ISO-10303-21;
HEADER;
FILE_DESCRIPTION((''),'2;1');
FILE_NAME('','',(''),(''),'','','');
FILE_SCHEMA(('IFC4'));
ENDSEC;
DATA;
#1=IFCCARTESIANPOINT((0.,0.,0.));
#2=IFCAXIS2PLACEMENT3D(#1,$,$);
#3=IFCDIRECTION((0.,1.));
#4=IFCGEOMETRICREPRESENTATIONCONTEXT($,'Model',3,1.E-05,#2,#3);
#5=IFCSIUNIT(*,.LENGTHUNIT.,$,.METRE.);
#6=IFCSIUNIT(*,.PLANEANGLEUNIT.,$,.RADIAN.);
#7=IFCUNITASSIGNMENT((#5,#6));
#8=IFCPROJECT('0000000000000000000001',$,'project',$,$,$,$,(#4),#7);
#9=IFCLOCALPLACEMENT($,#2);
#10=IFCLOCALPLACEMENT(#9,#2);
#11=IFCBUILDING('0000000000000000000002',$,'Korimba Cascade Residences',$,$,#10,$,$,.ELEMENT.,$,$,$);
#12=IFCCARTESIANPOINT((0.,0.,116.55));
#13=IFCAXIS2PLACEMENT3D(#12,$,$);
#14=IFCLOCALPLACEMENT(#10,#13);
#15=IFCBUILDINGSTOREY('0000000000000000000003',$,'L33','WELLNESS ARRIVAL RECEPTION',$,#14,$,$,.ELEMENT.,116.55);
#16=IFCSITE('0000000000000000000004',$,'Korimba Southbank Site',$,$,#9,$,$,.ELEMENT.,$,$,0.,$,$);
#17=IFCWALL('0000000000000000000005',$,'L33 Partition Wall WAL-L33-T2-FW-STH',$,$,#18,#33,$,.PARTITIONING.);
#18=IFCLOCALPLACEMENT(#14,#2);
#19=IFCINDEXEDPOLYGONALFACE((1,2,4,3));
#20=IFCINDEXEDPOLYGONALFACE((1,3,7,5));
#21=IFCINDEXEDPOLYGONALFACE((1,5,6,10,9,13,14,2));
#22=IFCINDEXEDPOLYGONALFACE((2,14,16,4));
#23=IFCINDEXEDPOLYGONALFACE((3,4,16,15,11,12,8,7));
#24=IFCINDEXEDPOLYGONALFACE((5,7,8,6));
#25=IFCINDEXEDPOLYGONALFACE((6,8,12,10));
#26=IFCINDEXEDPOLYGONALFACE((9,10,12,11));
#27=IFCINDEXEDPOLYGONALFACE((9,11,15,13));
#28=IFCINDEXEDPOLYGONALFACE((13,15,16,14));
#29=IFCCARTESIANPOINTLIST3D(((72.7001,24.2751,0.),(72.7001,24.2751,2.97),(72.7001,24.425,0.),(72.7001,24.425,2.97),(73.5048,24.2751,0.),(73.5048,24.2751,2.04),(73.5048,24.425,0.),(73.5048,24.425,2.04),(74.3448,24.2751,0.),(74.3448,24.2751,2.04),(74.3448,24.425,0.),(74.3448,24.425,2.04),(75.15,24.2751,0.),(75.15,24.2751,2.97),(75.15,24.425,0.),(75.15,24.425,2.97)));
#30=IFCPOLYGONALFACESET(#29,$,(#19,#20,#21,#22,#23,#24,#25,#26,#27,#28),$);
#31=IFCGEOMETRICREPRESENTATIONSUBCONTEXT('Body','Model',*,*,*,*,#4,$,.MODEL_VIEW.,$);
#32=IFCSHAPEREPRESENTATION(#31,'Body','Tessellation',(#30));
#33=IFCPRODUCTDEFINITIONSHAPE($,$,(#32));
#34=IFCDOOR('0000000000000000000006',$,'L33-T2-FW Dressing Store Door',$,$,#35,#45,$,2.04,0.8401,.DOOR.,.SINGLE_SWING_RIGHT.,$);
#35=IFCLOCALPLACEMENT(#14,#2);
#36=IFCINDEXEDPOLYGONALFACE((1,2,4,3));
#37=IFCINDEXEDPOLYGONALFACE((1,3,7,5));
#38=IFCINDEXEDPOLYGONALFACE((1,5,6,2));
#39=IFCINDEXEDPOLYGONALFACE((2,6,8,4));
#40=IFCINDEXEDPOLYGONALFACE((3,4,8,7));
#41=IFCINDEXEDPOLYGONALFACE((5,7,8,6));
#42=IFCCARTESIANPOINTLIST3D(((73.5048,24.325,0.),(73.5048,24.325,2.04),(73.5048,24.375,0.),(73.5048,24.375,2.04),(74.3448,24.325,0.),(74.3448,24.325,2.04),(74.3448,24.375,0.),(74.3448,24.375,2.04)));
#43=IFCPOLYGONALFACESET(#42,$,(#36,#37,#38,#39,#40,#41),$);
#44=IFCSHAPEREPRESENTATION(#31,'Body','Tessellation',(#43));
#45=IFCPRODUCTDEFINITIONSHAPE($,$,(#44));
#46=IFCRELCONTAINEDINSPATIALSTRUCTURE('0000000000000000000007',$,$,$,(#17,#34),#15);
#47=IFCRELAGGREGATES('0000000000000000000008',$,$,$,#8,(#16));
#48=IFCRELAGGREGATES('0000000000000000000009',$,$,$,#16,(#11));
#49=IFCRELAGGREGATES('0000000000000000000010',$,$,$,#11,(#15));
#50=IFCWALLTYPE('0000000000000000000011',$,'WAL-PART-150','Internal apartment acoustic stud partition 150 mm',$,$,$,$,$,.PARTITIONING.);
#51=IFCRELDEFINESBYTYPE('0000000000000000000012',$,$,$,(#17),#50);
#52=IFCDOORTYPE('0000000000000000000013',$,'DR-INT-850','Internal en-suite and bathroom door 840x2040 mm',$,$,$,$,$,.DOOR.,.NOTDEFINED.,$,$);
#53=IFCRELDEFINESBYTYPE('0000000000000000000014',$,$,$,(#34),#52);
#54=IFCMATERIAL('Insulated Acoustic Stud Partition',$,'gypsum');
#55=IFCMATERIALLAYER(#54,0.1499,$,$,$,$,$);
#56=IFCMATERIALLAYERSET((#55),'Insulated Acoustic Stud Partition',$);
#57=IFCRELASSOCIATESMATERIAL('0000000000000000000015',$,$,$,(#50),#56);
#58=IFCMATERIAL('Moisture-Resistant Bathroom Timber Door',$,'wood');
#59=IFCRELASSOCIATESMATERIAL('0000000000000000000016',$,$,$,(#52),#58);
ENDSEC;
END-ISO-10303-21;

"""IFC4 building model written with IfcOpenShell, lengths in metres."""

from ifc_helpers import new_model, si_unit, direction, frame, frame_2d, origin, place, context, subcontext, project, spatial, rectangle, extrude, material, layer, layer_set, type_object, element, fill, save


model = new_model("IFC4")

# Units and contexts
model_context = context("Model", 3, precision=1e-05, world=origin(), true_north=direction((0.0, 1.0)))
body_context = subcontext(model_context, "Body", "Model", "MODEL_VIEW")
ifc_project = project(units=[si_unit("LENGTHUNIT", "METRE"), si_unit("PLANEANGLEUNIT", "RADIAN")], contexts=[model_context])

# Site, building, storey
site_placement = place(None, origin())
site = spatial("IfcSite", under=ifc_project, at=site_placement, Name="Korimba Southbank Site", CompositionType="ELEMENT", RefElevation=0.0)
building_placement = place(site_placement, origin())
building = spatial("IfcBuilding", under=site, at=building_placement, Name="Korimba Cascade Residences", CompositionType="ELEMENT")
storey_placement = place(building_placement, frame((0.0, 0.0, 116.55)))
storey = spatial("IfcBuildingStorey", under=building, at=storey_placement, Name="L33", Description="WELLNESS ARRIVAL RECEPTION", CompositionType="ELEMENT", Elevation=116.55)

# Shared definitions
ifc_material_1 = material(Name="Insulated Acoustic Stud Partition", Category="gypsum")
ifc_layer_1 = layer(ifc_material_1, 0.1499)
ifc_layer_set_1 = layer_set([ifc_layer_1], Name="Insulated Acoustic Stud Partition")
wall_type_1 = type_object("IfcWallType", Name="WAL-PART-150", Description="Internal apartment acoustic stud partition 150 mm", PredefinedType="PARTITIONING", material=ifc_layer_set_1)

# Wall, opening, door
wall_1_placement = place(storey_placement, frame((72.7, 24.3501, 0.0), z_axis=(0.0, 0.0, 1.0), x_axis=(1.0, 0.0, 0.0)))
wall_1 = element("IfcWall", 1, at=wall_1_placement, inside=storey, type_object=wall_type_1, Name="L33 Partition Wall WAL-L33-T2-FW-STH", PredefinedType="PARTITIONING", context=body_context, shape_type="SweptSolid", body=[
    extrude(rectangle(XDim=2.45, YDim=0.1499, at=frame_2d((1.2251, 0.0))), origin(), (0.0, 0.0, 1.0), 2.97),
])
opening_1_placement = place(wall_1_placement, frame((0.8049, 0.0, 0.0)))
opening_1 = element("IfcOpeningElement", 2, at=opening_1_placement, cuts=wall_1, PredefinedType="OPENING", context=body_context, shape_type="SweptSolid", body=[
    extrude(rectangle(XDim=0.8401, YDim=2.04, at=frame_2d((0.4199, 1.02))), frame((0.0, 0.085, 0.0), z_axis=(0.0, -1.0, 0.0), x_axis=(1.0, 0.0, 0.0)), (0.0, 0.0, 1.0), 0.1699),
])
ifc_material_2 = material(Name="Moisture-Resistant Bathroom Timber Door", Category="wood")
door_type_1 = type_object("IfcDoorType", Name="DR-INT-850", Description="Internal en-suite and bathroom door 840x2040 mm", OperationType="NOTDEFINED", PredefinedType="DOOR", material=ifc_material_2)
door_1_placement = place(opening_1_placement, origin())
door_1 = element("IfcDoor", 3, at=door_1_placement, inside=storey, type_object=door_type_1, Name="L33-T2-FW Dressing Store Door", OperationType="SINGLE_SWING_RIGHT", OverallHeight=2.04, OverallWidth=0.8401, PredefinedType="DOOR", context=body_context, shape_type="SweptSolid", body=[
    extrude(rectangle(XDim=0.8401, YDim=2.04, at=frame_2d((0.4199, 1.02))), frame((0.0, 0.0249, 0.0), z_axis=(0.0, -1.0, 0.0), x_axis=(1.0, 0.0, 0.0)), (0.0, 0.0, 1.0), 0.05),
])
fill(opening_1, door_1)

save(model, "model.ifc")
